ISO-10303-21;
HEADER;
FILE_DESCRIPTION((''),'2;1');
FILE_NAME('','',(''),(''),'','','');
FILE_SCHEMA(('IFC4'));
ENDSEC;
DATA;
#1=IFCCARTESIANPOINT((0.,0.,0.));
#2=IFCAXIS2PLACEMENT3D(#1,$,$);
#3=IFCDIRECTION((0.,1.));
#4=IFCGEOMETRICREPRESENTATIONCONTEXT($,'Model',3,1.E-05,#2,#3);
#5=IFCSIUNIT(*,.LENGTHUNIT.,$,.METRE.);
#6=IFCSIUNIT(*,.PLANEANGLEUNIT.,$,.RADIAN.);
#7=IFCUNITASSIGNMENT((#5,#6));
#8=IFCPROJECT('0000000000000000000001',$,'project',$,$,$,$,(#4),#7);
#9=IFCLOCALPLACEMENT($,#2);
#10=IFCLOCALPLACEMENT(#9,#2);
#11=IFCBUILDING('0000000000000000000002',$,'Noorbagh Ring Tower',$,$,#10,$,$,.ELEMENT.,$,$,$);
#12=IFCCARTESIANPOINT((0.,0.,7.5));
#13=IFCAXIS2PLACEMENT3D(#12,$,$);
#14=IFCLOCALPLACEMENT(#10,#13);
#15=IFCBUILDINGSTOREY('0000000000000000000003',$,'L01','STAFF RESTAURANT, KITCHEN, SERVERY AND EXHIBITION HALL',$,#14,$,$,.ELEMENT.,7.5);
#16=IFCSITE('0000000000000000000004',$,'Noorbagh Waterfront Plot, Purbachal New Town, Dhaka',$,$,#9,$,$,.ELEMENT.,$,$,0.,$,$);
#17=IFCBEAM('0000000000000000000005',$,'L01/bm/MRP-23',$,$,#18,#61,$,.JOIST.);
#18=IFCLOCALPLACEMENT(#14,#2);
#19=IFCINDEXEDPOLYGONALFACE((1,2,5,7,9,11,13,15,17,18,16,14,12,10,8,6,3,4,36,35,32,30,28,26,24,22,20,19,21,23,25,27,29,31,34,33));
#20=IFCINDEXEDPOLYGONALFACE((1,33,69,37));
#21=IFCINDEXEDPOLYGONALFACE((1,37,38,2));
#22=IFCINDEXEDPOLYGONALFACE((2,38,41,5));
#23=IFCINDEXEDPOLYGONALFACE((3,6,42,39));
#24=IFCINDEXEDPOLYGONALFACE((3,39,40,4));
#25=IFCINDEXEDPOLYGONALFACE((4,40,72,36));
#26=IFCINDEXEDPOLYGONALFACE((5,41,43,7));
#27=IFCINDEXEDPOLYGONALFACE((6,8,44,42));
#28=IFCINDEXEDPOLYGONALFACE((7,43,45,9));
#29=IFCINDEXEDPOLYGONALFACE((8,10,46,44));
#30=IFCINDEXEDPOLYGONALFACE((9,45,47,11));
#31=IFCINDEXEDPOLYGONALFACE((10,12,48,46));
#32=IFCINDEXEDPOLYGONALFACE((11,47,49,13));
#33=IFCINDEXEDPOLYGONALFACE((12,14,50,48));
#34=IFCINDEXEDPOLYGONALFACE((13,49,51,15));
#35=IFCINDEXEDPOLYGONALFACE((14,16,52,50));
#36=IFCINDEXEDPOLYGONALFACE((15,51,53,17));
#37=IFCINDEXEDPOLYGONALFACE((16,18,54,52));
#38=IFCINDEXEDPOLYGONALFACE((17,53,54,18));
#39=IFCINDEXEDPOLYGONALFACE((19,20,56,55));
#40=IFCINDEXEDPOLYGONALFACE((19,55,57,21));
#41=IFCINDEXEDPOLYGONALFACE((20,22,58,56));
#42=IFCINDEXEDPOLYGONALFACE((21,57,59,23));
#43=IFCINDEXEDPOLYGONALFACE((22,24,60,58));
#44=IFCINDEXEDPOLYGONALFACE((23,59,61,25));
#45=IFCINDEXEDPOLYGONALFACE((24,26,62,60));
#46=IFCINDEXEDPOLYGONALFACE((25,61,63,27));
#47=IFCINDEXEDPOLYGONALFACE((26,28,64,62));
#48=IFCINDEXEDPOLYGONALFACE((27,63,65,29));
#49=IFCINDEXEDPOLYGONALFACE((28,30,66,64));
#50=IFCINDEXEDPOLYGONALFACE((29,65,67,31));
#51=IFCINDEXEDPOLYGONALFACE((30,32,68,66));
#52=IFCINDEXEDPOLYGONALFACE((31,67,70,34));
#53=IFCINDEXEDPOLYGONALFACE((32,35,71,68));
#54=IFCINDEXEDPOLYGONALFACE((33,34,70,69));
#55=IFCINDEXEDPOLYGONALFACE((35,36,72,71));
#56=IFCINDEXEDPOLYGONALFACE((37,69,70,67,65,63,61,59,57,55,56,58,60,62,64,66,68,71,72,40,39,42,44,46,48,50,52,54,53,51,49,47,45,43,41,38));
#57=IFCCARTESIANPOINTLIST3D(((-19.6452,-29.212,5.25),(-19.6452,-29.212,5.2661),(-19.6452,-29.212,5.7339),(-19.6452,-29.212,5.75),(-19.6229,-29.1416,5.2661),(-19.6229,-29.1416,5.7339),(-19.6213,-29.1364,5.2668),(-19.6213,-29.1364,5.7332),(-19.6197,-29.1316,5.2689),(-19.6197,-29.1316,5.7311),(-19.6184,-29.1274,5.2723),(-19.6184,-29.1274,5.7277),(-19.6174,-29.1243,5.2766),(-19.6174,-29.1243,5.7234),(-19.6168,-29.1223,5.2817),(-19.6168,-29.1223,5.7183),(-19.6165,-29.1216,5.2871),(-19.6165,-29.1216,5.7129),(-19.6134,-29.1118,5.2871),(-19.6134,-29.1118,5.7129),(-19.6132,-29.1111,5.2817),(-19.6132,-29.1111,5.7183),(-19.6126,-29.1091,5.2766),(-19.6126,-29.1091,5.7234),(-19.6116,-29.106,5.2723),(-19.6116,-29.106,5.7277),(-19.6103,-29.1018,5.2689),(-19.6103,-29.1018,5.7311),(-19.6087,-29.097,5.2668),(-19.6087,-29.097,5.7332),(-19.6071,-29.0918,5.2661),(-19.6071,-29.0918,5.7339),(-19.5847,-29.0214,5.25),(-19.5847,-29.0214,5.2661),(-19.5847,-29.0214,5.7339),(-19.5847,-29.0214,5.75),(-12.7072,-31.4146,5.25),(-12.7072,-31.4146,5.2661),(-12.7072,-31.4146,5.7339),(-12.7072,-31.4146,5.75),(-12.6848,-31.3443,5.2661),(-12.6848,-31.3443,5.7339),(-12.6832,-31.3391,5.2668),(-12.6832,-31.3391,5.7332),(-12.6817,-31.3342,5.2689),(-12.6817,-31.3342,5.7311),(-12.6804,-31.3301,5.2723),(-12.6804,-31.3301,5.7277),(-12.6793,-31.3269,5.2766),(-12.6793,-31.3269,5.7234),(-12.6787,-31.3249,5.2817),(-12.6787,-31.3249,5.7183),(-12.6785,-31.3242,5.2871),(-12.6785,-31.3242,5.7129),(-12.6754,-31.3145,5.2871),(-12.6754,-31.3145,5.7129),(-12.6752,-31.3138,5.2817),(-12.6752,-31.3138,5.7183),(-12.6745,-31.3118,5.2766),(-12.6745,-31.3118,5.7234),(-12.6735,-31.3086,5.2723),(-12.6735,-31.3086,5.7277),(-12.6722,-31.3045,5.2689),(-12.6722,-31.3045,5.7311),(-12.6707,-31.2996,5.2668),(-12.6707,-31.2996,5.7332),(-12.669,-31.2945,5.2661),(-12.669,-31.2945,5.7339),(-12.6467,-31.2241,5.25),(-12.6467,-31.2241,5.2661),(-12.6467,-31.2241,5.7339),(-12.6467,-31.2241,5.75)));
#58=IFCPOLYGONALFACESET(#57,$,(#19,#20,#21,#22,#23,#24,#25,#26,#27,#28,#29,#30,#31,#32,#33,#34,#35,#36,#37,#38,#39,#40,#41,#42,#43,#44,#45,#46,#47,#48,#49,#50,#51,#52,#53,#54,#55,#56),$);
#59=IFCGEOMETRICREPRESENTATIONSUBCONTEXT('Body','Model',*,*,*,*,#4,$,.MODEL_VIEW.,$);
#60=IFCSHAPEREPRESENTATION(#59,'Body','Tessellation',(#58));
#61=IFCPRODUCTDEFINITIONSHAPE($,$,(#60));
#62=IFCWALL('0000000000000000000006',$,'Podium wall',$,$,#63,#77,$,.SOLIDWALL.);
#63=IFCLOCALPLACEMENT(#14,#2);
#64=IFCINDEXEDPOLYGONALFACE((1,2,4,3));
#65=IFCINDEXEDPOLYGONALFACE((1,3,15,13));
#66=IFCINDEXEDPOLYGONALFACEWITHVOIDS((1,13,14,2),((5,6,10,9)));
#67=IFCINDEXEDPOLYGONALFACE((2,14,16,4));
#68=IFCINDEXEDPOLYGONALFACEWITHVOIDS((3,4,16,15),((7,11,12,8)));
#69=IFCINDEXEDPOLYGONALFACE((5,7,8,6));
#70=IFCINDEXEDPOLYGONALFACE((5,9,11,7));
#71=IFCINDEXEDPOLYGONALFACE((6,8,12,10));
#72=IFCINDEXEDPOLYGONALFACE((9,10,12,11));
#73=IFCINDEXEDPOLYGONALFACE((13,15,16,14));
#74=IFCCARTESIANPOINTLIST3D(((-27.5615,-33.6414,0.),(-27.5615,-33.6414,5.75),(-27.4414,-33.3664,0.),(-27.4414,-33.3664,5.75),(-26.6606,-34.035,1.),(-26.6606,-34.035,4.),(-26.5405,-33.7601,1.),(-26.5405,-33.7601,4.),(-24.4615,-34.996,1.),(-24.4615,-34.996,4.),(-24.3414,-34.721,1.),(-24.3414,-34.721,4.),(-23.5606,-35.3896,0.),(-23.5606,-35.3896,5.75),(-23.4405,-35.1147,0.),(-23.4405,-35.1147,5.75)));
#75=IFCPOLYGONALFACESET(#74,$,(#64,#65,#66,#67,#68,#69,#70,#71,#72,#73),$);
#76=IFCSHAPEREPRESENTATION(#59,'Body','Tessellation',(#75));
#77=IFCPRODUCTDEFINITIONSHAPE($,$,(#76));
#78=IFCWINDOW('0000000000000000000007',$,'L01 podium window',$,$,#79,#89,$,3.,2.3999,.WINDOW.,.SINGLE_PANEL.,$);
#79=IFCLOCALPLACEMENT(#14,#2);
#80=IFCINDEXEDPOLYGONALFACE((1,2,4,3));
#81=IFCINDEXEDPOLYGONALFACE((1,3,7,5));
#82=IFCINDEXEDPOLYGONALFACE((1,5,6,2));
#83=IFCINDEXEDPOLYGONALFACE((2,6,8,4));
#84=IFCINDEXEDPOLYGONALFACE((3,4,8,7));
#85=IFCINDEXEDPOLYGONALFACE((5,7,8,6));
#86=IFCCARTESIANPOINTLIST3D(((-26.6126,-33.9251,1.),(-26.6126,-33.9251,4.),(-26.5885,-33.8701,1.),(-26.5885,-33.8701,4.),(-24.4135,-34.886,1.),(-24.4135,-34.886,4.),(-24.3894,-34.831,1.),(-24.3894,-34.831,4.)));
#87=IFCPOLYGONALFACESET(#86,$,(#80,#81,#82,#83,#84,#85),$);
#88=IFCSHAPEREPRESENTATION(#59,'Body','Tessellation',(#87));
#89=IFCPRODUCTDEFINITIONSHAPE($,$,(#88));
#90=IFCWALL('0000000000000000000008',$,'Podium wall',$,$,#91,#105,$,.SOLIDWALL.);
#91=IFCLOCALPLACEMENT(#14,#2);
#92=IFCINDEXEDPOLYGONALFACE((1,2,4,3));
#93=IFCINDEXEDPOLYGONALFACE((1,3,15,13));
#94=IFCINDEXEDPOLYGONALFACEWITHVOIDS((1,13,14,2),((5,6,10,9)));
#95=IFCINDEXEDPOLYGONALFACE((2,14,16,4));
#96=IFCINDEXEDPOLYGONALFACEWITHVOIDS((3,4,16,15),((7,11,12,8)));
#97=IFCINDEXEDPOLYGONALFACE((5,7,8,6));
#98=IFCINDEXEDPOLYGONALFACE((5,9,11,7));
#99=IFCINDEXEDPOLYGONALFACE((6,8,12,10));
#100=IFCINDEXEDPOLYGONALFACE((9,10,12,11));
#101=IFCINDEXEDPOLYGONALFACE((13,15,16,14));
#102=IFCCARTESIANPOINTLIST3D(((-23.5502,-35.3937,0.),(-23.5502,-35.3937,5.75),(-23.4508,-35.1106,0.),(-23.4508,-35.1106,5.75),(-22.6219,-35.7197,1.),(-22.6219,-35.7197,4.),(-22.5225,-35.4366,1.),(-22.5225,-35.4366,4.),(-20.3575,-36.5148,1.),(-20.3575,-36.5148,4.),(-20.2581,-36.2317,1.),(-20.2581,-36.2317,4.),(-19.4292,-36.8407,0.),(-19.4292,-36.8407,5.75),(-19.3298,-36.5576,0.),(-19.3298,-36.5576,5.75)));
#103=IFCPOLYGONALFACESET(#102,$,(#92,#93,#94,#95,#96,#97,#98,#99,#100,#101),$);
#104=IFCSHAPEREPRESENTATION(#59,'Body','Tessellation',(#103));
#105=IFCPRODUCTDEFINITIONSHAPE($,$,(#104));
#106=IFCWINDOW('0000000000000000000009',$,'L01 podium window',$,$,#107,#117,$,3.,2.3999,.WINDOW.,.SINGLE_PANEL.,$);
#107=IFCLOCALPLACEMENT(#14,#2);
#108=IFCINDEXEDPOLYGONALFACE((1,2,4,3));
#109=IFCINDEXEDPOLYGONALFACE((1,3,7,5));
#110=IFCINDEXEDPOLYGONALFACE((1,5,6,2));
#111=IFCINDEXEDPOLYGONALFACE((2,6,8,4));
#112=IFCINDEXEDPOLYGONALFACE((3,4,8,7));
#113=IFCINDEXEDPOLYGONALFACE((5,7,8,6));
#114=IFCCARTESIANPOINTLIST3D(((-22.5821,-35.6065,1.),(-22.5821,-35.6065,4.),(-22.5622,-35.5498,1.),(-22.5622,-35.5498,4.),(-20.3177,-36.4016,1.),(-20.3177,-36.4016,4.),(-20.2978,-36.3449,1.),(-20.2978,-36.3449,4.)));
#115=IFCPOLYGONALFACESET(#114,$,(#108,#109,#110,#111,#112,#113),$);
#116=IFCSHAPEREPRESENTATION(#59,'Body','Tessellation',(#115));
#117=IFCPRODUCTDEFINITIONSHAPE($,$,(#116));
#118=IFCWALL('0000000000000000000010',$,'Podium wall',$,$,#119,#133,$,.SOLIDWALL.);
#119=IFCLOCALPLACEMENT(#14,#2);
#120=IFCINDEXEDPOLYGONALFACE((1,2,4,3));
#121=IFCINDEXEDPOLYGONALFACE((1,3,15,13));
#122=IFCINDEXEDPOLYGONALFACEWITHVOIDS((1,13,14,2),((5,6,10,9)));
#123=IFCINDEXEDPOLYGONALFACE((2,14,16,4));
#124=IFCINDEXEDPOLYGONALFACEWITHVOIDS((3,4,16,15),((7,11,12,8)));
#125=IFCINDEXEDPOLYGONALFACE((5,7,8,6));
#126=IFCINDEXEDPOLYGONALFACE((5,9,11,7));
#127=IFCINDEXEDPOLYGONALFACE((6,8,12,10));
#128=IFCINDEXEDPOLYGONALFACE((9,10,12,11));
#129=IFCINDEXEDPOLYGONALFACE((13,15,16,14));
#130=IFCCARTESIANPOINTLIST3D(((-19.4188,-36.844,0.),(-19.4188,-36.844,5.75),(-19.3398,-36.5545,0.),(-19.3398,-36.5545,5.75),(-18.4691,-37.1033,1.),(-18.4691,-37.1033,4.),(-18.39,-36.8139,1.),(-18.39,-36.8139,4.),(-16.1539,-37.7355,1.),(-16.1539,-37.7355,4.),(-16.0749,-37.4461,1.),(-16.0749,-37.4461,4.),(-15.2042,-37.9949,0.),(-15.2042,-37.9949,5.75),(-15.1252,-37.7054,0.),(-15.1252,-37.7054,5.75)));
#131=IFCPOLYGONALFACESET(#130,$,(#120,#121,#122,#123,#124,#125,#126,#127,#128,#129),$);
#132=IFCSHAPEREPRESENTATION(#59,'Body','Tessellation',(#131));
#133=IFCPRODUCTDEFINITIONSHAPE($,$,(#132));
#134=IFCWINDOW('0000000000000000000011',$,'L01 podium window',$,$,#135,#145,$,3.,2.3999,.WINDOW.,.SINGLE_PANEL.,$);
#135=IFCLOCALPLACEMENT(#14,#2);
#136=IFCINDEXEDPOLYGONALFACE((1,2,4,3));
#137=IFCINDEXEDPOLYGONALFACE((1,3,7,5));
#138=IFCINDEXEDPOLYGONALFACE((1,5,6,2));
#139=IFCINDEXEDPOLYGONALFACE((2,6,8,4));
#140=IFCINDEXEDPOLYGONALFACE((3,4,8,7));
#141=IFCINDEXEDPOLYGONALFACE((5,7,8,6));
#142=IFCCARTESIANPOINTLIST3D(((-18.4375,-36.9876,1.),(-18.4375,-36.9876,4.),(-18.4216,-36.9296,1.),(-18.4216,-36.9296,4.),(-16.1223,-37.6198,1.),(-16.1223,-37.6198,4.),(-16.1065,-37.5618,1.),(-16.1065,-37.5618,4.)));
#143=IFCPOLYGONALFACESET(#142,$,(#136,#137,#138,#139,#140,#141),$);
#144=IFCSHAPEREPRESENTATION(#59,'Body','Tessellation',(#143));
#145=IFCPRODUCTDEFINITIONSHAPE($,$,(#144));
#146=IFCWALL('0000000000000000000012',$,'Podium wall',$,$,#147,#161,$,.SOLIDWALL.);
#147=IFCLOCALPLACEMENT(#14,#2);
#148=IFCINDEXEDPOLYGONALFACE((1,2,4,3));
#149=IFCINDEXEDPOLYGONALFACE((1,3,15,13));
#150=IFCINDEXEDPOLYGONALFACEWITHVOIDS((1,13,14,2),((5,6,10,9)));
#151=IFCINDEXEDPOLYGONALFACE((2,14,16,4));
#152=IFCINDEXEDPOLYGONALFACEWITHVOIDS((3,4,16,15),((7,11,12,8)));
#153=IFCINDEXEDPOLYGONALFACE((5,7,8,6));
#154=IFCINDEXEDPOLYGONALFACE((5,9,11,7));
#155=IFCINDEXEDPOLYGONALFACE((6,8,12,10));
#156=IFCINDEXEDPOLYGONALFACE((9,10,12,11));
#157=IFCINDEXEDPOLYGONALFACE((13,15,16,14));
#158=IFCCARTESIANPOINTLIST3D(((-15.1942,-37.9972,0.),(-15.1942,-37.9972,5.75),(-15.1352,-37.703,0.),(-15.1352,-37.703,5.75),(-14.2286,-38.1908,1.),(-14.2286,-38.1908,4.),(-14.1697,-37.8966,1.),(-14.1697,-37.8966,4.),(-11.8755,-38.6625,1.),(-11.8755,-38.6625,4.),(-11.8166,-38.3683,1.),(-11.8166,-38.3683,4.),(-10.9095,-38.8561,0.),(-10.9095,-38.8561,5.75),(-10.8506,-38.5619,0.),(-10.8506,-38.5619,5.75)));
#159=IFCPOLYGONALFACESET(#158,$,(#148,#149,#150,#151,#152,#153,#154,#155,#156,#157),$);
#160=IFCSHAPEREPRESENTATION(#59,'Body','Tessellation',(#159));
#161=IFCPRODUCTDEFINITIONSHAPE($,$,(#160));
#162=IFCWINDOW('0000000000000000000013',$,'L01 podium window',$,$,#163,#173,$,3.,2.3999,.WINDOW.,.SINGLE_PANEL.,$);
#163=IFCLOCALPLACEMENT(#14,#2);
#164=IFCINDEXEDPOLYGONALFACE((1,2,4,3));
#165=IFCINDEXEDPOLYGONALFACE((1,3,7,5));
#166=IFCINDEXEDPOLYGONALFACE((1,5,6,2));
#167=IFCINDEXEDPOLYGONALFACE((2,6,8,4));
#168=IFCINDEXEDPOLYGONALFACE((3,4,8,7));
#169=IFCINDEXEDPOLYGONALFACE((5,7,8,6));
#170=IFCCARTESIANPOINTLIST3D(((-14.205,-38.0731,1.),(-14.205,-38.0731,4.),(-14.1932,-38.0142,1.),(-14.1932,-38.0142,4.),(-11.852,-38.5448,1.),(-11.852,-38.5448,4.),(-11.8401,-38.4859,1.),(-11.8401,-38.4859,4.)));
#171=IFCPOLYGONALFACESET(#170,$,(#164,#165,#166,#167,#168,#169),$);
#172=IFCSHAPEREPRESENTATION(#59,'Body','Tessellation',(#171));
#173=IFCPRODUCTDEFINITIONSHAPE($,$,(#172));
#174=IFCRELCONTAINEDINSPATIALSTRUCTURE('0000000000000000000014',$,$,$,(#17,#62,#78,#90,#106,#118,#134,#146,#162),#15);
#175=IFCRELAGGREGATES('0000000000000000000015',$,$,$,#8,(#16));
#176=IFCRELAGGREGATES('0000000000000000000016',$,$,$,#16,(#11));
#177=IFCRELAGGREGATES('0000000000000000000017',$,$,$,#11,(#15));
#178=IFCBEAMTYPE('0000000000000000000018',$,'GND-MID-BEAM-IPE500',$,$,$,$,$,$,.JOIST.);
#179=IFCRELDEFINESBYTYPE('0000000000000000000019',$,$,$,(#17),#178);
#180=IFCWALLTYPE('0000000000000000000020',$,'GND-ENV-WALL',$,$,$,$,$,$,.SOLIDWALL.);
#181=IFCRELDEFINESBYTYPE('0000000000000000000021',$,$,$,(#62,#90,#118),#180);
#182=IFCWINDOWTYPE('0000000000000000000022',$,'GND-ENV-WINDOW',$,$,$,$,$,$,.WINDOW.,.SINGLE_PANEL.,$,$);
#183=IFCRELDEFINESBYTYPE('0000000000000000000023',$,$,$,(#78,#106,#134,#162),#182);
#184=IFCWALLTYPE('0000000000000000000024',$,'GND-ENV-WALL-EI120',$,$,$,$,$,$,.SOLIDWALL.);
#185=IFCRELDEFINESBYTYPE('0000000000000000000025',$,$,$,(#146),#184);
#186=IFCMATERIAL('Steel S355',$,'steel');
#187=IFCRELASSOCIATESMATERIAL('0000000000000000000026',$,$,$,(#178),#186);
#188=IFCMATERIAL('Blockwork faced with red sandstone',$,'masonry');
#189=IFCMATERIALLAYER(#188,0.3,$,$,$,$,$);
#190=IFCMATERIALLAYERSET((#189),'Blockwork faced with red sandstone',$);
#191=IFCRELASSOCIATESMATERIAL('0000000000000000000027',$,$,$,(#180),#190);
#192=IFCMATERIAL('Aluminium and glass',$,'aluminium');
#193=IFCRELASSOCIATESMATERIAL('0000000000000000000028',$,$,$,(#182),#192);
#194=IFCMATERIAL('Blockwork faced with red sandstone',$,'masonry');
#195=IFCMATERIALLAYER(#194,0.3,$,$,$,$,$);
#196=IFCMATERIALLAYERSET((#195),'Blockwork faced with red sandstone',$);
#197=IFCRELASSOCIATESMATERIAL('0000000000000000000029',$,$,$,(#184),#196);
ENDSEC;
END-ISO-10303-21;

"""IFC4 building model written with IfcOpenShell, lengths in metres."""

from ifc_helpers import new_model, si_unit, direction, frame, frame_2d, origin, origin_2d, place, context, subcontext, project, spatial, rectangle, i_section, extrude, material, layer, layer_set, material_profile, profile_set, type_object, element, fill, save


model = new_model("IFC4")

# Units and contexts
model_context = context("Model", 3, precision=1e-05, world=origin(), true_north=direction((0.0, 1.0)))
body_context = subcontext(model_context, "Body", "Model", "MODEL_VIEW")
ifc_project = project(units=[si_unit("LENGTHUNIT", "METRE"), si_unit("PLANEANGLEUNIT", "RADIAN")], contexts=[model_context])

# Site, building, storey
site_placement = place(None, origin())
site = spatial("IfcSite", under=ifc_project, at=site_placement, Name="Noorbagh Waterfront Plot, Purbachal New Town, Dhaka", CompositionType="ELEMENT", RefElevation=0.0)
building_placement = place(site_placement, origin())
building = spatial("IfcBuilding", under=site, at=building_placement, Name="Noorbagh Ring Tower", CompositionType="ELEMENT")
storey_placement = place(building_placement, frame((0.0, 0.0, 7.5)))
storey = spatial("IfcBuildingStorey", under=building, at=storey_placement, Name="L01", Description="STAFF RESTAURANT, KITCHEN, SERVERY AND EXHIBITION HALL", CompositionType="ELEMENT", Elevation=7.5)

# Beam
ifc_material_1 = material(Name="Steel S355", Category="steel")
ifc_material_profile_1 = material_profile(ifc_material_1, i_section(OverallWidth=0.2, OverallDepth=0.5, WebThickness=0.0103, FlangeThickness=0.0161, FilletRadius=0.021, at=origin_2d()), Name="IPE500")
ifc_profile_set_1 = profile_set([ifc_material_profile_1], Name="Steel S355")
beam_type_1 = type_object("IfcBeamType", Name="GND-MID-BEAM-IPE500", PredefinedType="JOIST", material=ifc_profile_set_1)
beam_1_placement = place(storey_placement, frame((-19.615, -29.1167, 5.5), z_axis=(0.95312, -0.302592, 0.0), x_axis=(0.302592, 0.95312, 0.0)))
element("IfcBeam", 1, at=beam_1_placement, inside=storey, type_object=beam_type_1, Name="L01/bm/MRP-23", PredefinedType="JOIST", context=body_context, shape_type="SweptSolid", body=[
    extrude(i_section(OverallWidth=0.2, OverallDepth=0.5, WebThickness=0.0103, FlangeThickness=0.0161, FilletRadius=0.021, at=origin_2d()), origin(), (0.0, 0.0, 1.0), 7.2793),
])

# Walls, openings, windows
ifc_material_2 = material(Name="Blockwork faced with red sandstone", Category="masonry")
ifc_layer_1 = layer(ifc_material_2, 0.3)
ifc_layer_set_1 = layer_set([ifc_layer_1], Name="Blockwork faced with red sandstone")
wall_type_1 = type_object("IfcWallType", Name="GND-ENV-WALL", PredefinedType="SOLIDWALL", material=ifc_layer_set_1)
wall_1_placement = place(storey_placement, frame((-27.5015, -33.5039, 0.0), z_axis=(0.0, 0.0, 1.0), x_axis=(0.916337, -0.400408, 0.0)))
wall_1 = element("IfcWall", 2, at=wall_1_placement, inside=storey, type_object=wall_type_1, Name="Podium wall", PredefinedType="SOLIDWALL", context=body_context, shape_type="SweptSolid", body=[
    extrude(rectangle(XDim=4.3662, YDim=0.3, at=frame_2d((2.1831, 0.0))), origin(), (0.0, 0.0, 1.0), 5.75),
])
opening_1_placement = place(wall_1_placement, frame((0.9832, 0.0, 1.0)))
opening_1 = element("IfcOpeningElement", 3, at=opening_1_placement, cuts=wall_1, PredefinedType="OPENING", context=body_context, shape_type="SweptSolid", body=[
    extrude(rectangle(XDim=2.3999, YDim=3.0, at=frame_2d((1.2, 1.5))), frame((0.0, 0.1602, 0.0), z_axis=(0.0, -1.0, 0.0), x_axis=(1.0, 0.0, 0.0)), (0.0, 0.0, 1.0), 0.3201),
])
ifc_material_3 = material(Name="Aluminium and glass", Category="aluminium")
window_type = type_object("IfcWindowType", Name="GND-ENV-WINDOW", PartitioningType="SINGLE_PANEL", PredefinedType="WINDOW", material=ifc_material_3)
window_1_placement = place(opening_1_placement, origin())
window_1 = element("IfcWindow", 4, at=window_1_placement, inside=storey, type_object=window_type, Name="L01 podium window", OverallHeight=3.0, OverallWidth=2.3999, PartitioningType="SINGLE_PANEL", PredefinedType="WINDOW", context=body_context, shape_type="SweptSolid", body=[
    extrude(rectangle(XDim=2.3999, YDim=3.0, at=frame_2d((1.2, 1.5))), frame((0.0, 0.03, 0.0), z_axis=(0.0, -1.0, 0.0), x_axis=(1.0, 0.0, 0.0)), (0.0, 0.0, 1.0), 0.0601),
])
fill(opening_1, window_1)
wall_2_placement = place(storey_placement, frame((-23.5005, -35.2522, 0.0), z_axis=(0.0, 0.0, 1.0), x_axis=(0.943527, -0.331296, 0.0)))
wall_2 = element("IfcWall", 5, at=wall_2_placement, inside=storey, type_object=wall_type_1, Name="Podium wall", PredefinedType="SOLIDWALL", context=body_context, shape_type="SweptSolid", body=[
    extrude(rectangle(XDim=4.3677, YDim=0.3, at=frame_2d((2.1838, 0.0))), origin(), (0.0, 0.0, 1.0), 5.75),
])
opening_2_placement = place(wall_2_placement, frame((0.9839, 0.0, 1.0)))
opening_2 = element("IfcOpeningElement", 6, at=opening_2_placement, cuts=wall_2, PredefinedType="OPENING", context=body_context, shape_type="SweptSolid", body=[
    extrude(rectangle(XDim=2.3999, YDim=3.0, at=frame_2d((1.2, 1.5))), frame((0.0, 0.1602, 0.0), z_axis=(0.0, -1.0, 0.0), x_axis=(1.0, 0.0, 0.0)), (0.0, 0.0, 1.0), 0.3201),
])
window_2_placement = place(opening_2_placement, origin())
window_2 = element("IfcWindow", 7, at=window_2_placement, inside=storey, type_object=window_type, Name="L01 podium window", OverallHeight=3.0, OverallWidth=2.3999, PartitioningType="SINGLE_PANEL", PredefinedType="WINDOW", context=body_context, shape_type="SweptSolid", body=[
    extrude(rectangle(XDim=2.3999, YDim=3.0, at=frame_2d((1.2, 1.5))), frame((0.0, 0.03, 0.0), z_axis=(0.0, -1.0, 0.0), x_axis=(1.0, 0.0, 0.0)), (0.0, 0.0, 1.0), 0.0601),
])
fill(opening_2, window_2)
wall_3_placement = place(storey_placement, frame((-19.3794, -36.6992, 0.0), z_axis=(0.0, 0.0, 1.0), x_axis=(0.96468, -0.263425, 0.0)))
wall_3 = element("IfcWall", 8, at=wall_3_placement, inside=storey, type_object=wall_type_1, Name="Podium wall", PredefinedType="SOLIDWALL", context=body_context, shape_type="SweptSolid", body=[
    extrude(rectangle(XDim=4.3689, YDim=0.3, at=frame_2d((2.1846, 0.0))), origin(), (0.0, 0.0, 1.0), 5.75),
])
opening_3_placement = place(wall_3_placement, frame((0.9846, 0.0, 1.0)))
opening_3 = element("IfcOpeningElement", 9, at=opening_3_placement, cuts=wall_3, PredefinedType="OPENING", context=body_context, shape_type="SweptSolid", body=[
    extrude(rectangle(XDim=2.3999, YDim=3.0, at=frame_2d((1.2, 1.5))), frame((0.0, 0.1602, 0.0), z_axis=(0.0, -1.0, 0.0), x_axis=(1.0, 0.0, 0.0)), (0.0, 0.0, 1.0), 0.3201),
])
window_3_placement = place(opening_3_placement, origin())
window_3 = element("IfcWindow", 10, at=window_3_placement, inside=storey, type_object=window_type, Name="L01 podium window", OverallHeight=3.0, OverallWidth=2.3999, PartitioningType="SINGLE_PANEL", PredefinedType="WINDOW", context=body_context, shape_type="SweptSolid", body=[
    extrude(rectangle(XDim=2.3999, YDim=3.0, at=frame_2d((1.2, 1.5))), frame((0.0, 0.03, 0.0), z_axis=(0.0, -1.0, 0.0), x_axis=(1.0, 0.0, 0.0)), (0.0, 0.0, 1.0), 0.0601),
])
fill(opening_3, window_3)
ifc_material_4 = material(Name="Blockwork faced with red sandstone", Category="masonry")
ifc_layer_2 = layer(ifc_material_4, 0.3)
ifc_layer_set_2 = layer_set([ifc_layer_2], Name="Blockwork faced with red sandstone")
wall_type_2 = type_object("IfcWallType", Name="GND-ENV-WALL-EI120", PredefinedType="SOLIDWALL", material=ifc_layer_set_2)
wall_4_placement = place(storey_placement, frame((-15.1648, -37.8501, 0.0), z_axis=(0.0, 0.0, 1.0), x_axis=(0.980495, -0.196546, 0.0)))
wall_4 = element("IfcWall", 11, at=wall_4_placement, inside=storey, type_object=wall_type_2, Name="Podium wall", PredefinedType="SOLIDWALL", context=body_context, shape_type="SweptSolid", body=[
    extrude(rectangle(XDim=4.3699, YDim=0.3, at=frame_2d((2.1851, 0.0))), origin(), (0.0, 0.0, 1.0), 5.75),
])
opening_4_placement = place(wall_4_placement, frame((0.9849, 0.0, 1.0)))
opening_4 = element("IfcOpeningElement", 12, at=opening_4_placement, cuts=wall_4, PredefinedType="OPENING", context=body_context, shape_type="SweptSolid", body=[
    extrude(rectangle(XDim=2.3999, YDim=3.0, at=frame_2d((1.2, 1.5))), frame((0.0, 0.1602, 0.0), z_axis=(0.0, -1.0, 0.0), x_axis=(1.0, 0.0, 0.0)), (0.0, 0.0, 1.0), 0.3201),
])
window_4_placement = place(opening_4_placement, origin())
window_4 = element("IfcWindow", 13, at=window_4_placement, inside=storey, type_object=window_type, Name="L01 podium window", OverallHeight=3.0, OverallWidth=2.3999, PartitioningType="SINGLE_PANEL", PredefinedType="WINDOW", context=body_context, shape_type="SweptSolid", body=[
    extrude(rectangle(XDim=2.3999, YDim=3.0, at=frame_2d((1.2, 1.5))), frame((0.0, 0.03, 0.0), z_axis=(0.0, -1.0, 0.0), x_axis=(1.0, 0.0, 0.0)), (0.0, 0.0, 1.0), 0.0601),
])
fill(opening_4, window_4)

save(model, "model.ifc")
